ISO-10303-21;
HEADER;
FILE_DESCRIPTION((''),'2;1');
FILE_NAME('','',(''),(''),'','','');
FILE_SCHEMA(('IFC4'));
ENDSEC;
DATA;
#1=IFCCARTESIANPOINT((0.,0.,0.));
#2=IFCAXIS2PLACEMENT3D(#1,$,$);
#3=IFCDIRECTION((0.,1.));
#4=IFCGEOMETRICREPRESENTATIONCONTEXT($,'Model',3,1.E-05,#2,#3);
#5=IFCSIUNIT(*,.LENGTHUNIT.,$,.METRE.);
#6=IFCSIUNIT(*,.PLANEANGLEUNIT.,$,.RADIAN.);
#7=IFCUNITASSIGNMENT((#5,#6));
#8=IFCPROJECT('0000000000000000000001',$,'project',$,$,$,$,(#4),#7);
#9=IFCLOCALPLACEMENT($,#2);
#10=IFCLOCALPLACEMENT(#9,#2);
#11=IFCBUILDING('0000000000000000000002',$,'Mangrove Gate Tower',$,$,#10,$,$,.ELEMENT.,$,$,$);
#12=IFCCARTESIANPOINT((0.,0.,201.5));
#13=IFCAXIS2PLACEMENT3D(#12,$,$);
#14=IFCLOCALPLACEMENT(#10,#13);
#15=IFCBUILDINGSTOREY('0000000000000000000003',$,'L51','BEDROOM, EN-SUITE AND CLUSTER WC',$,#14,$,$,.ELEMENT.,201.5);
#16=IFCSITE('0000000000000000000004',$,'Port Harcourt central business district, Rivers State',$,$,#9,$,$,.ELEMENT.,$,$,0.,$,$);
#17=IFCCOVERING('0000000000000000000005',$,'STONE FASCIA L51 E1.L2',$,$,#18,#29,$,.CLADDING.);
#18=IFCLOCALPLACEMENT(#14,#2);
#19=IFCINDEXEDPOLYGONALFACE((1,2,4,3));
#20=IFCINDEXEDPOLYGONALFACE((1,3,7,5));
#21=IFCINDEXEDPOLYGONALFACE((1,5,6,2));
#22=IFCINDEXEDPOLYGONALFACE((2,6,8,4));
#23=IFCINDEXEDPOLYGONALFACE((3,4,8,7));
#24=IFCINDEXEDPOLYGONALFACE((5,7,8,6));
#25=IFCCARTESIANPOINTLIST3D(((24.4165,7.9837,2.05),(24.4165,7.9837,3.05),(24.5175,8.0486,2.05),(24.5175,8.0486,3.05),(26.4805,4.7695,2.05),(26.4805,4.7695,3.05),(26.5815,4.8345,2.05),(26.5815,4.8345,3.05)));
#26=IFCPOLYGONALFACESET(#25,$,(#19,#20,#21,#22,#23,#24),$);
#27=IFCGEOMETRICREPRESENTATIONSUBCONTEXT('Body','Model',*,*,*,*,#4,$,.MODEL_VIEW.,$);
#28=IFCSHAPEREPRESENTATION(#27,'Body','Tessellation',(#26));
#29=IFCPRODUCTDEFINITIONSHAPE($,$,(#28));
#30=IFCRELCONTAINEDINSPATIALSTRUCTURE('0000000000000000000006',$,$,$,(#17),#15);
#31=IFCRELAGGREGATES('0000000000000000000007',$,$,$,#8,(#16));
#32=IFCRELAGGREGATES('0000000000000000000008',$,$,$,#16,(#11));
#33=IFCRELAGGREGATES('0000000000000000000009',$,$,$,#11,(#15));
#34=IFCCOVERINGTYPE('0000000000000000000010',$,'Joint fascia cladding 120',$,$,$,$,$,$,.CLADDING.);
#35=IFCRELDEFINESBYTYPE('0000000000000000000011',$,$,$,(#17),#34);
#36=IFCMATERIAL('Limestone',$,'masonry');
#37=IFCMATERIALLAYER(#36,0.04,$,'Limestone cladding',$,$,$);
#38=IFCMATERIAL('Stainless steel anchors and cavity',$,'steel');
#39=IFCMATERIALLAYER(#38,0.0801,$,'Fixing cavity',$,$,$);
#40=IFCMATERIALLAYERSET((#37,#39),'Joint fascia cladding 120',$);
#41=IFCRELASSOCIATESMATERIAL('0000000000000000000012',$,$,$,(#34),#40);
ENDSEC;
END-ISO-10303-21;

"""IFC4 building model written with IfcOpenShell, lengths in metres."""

from ifc_helpers import new_model, si_unit, direction, frame, frame_2d, origin, place, context, subcontext, project, spatial, rectangle, extrude, material, layer, layer_set, type_object, element, save


model = new_model("IFC4")

# Units and contexts
model_context = context("Model", 3, precision=1e-05, world=origin(), true_north=direction((0.0, 1.0)))
body_context = subcontext(model_context, "Body", "Model", "MODEL_VIEW")
ifc_project = project(units=[si_unit("LENGTHUNIT", "METRE"), si_unit("PLANEANGLEUNIT", "RADIAN")], contexts=[model_context])

# Site, building, storey
site_placement = place(None, origin())
site = spatial("IfcSite", under=ifc_project, at=site_placement, Name="Port Harcourt central business district, Rivers State", CompositionType="ELEMENT", RefElevation=0.0)
building_placement = place(site_placement, origin())
building = spatial("IfcBuilding", under=site, at=building_placement, Name="Mangrove Gate Tower", CompositionType="ELEMENT")
storey_placement = place(building_placement, frame((0.0, 0.0, 201.5)))
storey = spatial("IfcBuildingStorey", under=building, at=storey_placement, Name="L51", Description="BEDROOM, EN-SUITE AND CLUSTER WC", CompositionType="ELEMENT", Elevation=201.5)

# Shared definitions
ifc_material_1 = material(Name="Limestone", Category="masonry")

# Covering
ifc_layer_1 = layer(ifc_material_1, 0.04, Name="Limestone cladding")
ifc_material_2 = material(Name="Stainless steel anchors and cavity", Category="steel")
ifc_layer_2 = layer(ifc_material_2, 0.0801, Name="Fixing cavity")
ifc_layer_set_1 = layer_set([ifc_layer_1, ifc_layer_2], Name="Joint fascia cladding 120")
covering_type = type_object("IfcCoveringType", Name="Joint fascia cladding 120", PredefinedType="CLADDING", material=ifc_layer_set_1)
covering_placement = place(storey_placement, frame((26.531, 4.802, 2.05), z_axis=(0.0, 0.0, 1.0), x_axis=(-0.540341, 0.841446, 0.0)))
element("IfcCovering", 1, at=covering_placement, inside=storey, type_object=covering_type, Name="STONE FASCIA L51 E1.L2", PredefinedType="CLADDING", context=body_context, shape_type="SweptSolid", body=[
    extrude(rectangle(XDim=3.8198, YDim=0.1201, at=frame_2d((1.9099, 0.0))), origin(), (0.0, 0.0, 1.0), 1.0),
])

save(model, "model.ifc")
